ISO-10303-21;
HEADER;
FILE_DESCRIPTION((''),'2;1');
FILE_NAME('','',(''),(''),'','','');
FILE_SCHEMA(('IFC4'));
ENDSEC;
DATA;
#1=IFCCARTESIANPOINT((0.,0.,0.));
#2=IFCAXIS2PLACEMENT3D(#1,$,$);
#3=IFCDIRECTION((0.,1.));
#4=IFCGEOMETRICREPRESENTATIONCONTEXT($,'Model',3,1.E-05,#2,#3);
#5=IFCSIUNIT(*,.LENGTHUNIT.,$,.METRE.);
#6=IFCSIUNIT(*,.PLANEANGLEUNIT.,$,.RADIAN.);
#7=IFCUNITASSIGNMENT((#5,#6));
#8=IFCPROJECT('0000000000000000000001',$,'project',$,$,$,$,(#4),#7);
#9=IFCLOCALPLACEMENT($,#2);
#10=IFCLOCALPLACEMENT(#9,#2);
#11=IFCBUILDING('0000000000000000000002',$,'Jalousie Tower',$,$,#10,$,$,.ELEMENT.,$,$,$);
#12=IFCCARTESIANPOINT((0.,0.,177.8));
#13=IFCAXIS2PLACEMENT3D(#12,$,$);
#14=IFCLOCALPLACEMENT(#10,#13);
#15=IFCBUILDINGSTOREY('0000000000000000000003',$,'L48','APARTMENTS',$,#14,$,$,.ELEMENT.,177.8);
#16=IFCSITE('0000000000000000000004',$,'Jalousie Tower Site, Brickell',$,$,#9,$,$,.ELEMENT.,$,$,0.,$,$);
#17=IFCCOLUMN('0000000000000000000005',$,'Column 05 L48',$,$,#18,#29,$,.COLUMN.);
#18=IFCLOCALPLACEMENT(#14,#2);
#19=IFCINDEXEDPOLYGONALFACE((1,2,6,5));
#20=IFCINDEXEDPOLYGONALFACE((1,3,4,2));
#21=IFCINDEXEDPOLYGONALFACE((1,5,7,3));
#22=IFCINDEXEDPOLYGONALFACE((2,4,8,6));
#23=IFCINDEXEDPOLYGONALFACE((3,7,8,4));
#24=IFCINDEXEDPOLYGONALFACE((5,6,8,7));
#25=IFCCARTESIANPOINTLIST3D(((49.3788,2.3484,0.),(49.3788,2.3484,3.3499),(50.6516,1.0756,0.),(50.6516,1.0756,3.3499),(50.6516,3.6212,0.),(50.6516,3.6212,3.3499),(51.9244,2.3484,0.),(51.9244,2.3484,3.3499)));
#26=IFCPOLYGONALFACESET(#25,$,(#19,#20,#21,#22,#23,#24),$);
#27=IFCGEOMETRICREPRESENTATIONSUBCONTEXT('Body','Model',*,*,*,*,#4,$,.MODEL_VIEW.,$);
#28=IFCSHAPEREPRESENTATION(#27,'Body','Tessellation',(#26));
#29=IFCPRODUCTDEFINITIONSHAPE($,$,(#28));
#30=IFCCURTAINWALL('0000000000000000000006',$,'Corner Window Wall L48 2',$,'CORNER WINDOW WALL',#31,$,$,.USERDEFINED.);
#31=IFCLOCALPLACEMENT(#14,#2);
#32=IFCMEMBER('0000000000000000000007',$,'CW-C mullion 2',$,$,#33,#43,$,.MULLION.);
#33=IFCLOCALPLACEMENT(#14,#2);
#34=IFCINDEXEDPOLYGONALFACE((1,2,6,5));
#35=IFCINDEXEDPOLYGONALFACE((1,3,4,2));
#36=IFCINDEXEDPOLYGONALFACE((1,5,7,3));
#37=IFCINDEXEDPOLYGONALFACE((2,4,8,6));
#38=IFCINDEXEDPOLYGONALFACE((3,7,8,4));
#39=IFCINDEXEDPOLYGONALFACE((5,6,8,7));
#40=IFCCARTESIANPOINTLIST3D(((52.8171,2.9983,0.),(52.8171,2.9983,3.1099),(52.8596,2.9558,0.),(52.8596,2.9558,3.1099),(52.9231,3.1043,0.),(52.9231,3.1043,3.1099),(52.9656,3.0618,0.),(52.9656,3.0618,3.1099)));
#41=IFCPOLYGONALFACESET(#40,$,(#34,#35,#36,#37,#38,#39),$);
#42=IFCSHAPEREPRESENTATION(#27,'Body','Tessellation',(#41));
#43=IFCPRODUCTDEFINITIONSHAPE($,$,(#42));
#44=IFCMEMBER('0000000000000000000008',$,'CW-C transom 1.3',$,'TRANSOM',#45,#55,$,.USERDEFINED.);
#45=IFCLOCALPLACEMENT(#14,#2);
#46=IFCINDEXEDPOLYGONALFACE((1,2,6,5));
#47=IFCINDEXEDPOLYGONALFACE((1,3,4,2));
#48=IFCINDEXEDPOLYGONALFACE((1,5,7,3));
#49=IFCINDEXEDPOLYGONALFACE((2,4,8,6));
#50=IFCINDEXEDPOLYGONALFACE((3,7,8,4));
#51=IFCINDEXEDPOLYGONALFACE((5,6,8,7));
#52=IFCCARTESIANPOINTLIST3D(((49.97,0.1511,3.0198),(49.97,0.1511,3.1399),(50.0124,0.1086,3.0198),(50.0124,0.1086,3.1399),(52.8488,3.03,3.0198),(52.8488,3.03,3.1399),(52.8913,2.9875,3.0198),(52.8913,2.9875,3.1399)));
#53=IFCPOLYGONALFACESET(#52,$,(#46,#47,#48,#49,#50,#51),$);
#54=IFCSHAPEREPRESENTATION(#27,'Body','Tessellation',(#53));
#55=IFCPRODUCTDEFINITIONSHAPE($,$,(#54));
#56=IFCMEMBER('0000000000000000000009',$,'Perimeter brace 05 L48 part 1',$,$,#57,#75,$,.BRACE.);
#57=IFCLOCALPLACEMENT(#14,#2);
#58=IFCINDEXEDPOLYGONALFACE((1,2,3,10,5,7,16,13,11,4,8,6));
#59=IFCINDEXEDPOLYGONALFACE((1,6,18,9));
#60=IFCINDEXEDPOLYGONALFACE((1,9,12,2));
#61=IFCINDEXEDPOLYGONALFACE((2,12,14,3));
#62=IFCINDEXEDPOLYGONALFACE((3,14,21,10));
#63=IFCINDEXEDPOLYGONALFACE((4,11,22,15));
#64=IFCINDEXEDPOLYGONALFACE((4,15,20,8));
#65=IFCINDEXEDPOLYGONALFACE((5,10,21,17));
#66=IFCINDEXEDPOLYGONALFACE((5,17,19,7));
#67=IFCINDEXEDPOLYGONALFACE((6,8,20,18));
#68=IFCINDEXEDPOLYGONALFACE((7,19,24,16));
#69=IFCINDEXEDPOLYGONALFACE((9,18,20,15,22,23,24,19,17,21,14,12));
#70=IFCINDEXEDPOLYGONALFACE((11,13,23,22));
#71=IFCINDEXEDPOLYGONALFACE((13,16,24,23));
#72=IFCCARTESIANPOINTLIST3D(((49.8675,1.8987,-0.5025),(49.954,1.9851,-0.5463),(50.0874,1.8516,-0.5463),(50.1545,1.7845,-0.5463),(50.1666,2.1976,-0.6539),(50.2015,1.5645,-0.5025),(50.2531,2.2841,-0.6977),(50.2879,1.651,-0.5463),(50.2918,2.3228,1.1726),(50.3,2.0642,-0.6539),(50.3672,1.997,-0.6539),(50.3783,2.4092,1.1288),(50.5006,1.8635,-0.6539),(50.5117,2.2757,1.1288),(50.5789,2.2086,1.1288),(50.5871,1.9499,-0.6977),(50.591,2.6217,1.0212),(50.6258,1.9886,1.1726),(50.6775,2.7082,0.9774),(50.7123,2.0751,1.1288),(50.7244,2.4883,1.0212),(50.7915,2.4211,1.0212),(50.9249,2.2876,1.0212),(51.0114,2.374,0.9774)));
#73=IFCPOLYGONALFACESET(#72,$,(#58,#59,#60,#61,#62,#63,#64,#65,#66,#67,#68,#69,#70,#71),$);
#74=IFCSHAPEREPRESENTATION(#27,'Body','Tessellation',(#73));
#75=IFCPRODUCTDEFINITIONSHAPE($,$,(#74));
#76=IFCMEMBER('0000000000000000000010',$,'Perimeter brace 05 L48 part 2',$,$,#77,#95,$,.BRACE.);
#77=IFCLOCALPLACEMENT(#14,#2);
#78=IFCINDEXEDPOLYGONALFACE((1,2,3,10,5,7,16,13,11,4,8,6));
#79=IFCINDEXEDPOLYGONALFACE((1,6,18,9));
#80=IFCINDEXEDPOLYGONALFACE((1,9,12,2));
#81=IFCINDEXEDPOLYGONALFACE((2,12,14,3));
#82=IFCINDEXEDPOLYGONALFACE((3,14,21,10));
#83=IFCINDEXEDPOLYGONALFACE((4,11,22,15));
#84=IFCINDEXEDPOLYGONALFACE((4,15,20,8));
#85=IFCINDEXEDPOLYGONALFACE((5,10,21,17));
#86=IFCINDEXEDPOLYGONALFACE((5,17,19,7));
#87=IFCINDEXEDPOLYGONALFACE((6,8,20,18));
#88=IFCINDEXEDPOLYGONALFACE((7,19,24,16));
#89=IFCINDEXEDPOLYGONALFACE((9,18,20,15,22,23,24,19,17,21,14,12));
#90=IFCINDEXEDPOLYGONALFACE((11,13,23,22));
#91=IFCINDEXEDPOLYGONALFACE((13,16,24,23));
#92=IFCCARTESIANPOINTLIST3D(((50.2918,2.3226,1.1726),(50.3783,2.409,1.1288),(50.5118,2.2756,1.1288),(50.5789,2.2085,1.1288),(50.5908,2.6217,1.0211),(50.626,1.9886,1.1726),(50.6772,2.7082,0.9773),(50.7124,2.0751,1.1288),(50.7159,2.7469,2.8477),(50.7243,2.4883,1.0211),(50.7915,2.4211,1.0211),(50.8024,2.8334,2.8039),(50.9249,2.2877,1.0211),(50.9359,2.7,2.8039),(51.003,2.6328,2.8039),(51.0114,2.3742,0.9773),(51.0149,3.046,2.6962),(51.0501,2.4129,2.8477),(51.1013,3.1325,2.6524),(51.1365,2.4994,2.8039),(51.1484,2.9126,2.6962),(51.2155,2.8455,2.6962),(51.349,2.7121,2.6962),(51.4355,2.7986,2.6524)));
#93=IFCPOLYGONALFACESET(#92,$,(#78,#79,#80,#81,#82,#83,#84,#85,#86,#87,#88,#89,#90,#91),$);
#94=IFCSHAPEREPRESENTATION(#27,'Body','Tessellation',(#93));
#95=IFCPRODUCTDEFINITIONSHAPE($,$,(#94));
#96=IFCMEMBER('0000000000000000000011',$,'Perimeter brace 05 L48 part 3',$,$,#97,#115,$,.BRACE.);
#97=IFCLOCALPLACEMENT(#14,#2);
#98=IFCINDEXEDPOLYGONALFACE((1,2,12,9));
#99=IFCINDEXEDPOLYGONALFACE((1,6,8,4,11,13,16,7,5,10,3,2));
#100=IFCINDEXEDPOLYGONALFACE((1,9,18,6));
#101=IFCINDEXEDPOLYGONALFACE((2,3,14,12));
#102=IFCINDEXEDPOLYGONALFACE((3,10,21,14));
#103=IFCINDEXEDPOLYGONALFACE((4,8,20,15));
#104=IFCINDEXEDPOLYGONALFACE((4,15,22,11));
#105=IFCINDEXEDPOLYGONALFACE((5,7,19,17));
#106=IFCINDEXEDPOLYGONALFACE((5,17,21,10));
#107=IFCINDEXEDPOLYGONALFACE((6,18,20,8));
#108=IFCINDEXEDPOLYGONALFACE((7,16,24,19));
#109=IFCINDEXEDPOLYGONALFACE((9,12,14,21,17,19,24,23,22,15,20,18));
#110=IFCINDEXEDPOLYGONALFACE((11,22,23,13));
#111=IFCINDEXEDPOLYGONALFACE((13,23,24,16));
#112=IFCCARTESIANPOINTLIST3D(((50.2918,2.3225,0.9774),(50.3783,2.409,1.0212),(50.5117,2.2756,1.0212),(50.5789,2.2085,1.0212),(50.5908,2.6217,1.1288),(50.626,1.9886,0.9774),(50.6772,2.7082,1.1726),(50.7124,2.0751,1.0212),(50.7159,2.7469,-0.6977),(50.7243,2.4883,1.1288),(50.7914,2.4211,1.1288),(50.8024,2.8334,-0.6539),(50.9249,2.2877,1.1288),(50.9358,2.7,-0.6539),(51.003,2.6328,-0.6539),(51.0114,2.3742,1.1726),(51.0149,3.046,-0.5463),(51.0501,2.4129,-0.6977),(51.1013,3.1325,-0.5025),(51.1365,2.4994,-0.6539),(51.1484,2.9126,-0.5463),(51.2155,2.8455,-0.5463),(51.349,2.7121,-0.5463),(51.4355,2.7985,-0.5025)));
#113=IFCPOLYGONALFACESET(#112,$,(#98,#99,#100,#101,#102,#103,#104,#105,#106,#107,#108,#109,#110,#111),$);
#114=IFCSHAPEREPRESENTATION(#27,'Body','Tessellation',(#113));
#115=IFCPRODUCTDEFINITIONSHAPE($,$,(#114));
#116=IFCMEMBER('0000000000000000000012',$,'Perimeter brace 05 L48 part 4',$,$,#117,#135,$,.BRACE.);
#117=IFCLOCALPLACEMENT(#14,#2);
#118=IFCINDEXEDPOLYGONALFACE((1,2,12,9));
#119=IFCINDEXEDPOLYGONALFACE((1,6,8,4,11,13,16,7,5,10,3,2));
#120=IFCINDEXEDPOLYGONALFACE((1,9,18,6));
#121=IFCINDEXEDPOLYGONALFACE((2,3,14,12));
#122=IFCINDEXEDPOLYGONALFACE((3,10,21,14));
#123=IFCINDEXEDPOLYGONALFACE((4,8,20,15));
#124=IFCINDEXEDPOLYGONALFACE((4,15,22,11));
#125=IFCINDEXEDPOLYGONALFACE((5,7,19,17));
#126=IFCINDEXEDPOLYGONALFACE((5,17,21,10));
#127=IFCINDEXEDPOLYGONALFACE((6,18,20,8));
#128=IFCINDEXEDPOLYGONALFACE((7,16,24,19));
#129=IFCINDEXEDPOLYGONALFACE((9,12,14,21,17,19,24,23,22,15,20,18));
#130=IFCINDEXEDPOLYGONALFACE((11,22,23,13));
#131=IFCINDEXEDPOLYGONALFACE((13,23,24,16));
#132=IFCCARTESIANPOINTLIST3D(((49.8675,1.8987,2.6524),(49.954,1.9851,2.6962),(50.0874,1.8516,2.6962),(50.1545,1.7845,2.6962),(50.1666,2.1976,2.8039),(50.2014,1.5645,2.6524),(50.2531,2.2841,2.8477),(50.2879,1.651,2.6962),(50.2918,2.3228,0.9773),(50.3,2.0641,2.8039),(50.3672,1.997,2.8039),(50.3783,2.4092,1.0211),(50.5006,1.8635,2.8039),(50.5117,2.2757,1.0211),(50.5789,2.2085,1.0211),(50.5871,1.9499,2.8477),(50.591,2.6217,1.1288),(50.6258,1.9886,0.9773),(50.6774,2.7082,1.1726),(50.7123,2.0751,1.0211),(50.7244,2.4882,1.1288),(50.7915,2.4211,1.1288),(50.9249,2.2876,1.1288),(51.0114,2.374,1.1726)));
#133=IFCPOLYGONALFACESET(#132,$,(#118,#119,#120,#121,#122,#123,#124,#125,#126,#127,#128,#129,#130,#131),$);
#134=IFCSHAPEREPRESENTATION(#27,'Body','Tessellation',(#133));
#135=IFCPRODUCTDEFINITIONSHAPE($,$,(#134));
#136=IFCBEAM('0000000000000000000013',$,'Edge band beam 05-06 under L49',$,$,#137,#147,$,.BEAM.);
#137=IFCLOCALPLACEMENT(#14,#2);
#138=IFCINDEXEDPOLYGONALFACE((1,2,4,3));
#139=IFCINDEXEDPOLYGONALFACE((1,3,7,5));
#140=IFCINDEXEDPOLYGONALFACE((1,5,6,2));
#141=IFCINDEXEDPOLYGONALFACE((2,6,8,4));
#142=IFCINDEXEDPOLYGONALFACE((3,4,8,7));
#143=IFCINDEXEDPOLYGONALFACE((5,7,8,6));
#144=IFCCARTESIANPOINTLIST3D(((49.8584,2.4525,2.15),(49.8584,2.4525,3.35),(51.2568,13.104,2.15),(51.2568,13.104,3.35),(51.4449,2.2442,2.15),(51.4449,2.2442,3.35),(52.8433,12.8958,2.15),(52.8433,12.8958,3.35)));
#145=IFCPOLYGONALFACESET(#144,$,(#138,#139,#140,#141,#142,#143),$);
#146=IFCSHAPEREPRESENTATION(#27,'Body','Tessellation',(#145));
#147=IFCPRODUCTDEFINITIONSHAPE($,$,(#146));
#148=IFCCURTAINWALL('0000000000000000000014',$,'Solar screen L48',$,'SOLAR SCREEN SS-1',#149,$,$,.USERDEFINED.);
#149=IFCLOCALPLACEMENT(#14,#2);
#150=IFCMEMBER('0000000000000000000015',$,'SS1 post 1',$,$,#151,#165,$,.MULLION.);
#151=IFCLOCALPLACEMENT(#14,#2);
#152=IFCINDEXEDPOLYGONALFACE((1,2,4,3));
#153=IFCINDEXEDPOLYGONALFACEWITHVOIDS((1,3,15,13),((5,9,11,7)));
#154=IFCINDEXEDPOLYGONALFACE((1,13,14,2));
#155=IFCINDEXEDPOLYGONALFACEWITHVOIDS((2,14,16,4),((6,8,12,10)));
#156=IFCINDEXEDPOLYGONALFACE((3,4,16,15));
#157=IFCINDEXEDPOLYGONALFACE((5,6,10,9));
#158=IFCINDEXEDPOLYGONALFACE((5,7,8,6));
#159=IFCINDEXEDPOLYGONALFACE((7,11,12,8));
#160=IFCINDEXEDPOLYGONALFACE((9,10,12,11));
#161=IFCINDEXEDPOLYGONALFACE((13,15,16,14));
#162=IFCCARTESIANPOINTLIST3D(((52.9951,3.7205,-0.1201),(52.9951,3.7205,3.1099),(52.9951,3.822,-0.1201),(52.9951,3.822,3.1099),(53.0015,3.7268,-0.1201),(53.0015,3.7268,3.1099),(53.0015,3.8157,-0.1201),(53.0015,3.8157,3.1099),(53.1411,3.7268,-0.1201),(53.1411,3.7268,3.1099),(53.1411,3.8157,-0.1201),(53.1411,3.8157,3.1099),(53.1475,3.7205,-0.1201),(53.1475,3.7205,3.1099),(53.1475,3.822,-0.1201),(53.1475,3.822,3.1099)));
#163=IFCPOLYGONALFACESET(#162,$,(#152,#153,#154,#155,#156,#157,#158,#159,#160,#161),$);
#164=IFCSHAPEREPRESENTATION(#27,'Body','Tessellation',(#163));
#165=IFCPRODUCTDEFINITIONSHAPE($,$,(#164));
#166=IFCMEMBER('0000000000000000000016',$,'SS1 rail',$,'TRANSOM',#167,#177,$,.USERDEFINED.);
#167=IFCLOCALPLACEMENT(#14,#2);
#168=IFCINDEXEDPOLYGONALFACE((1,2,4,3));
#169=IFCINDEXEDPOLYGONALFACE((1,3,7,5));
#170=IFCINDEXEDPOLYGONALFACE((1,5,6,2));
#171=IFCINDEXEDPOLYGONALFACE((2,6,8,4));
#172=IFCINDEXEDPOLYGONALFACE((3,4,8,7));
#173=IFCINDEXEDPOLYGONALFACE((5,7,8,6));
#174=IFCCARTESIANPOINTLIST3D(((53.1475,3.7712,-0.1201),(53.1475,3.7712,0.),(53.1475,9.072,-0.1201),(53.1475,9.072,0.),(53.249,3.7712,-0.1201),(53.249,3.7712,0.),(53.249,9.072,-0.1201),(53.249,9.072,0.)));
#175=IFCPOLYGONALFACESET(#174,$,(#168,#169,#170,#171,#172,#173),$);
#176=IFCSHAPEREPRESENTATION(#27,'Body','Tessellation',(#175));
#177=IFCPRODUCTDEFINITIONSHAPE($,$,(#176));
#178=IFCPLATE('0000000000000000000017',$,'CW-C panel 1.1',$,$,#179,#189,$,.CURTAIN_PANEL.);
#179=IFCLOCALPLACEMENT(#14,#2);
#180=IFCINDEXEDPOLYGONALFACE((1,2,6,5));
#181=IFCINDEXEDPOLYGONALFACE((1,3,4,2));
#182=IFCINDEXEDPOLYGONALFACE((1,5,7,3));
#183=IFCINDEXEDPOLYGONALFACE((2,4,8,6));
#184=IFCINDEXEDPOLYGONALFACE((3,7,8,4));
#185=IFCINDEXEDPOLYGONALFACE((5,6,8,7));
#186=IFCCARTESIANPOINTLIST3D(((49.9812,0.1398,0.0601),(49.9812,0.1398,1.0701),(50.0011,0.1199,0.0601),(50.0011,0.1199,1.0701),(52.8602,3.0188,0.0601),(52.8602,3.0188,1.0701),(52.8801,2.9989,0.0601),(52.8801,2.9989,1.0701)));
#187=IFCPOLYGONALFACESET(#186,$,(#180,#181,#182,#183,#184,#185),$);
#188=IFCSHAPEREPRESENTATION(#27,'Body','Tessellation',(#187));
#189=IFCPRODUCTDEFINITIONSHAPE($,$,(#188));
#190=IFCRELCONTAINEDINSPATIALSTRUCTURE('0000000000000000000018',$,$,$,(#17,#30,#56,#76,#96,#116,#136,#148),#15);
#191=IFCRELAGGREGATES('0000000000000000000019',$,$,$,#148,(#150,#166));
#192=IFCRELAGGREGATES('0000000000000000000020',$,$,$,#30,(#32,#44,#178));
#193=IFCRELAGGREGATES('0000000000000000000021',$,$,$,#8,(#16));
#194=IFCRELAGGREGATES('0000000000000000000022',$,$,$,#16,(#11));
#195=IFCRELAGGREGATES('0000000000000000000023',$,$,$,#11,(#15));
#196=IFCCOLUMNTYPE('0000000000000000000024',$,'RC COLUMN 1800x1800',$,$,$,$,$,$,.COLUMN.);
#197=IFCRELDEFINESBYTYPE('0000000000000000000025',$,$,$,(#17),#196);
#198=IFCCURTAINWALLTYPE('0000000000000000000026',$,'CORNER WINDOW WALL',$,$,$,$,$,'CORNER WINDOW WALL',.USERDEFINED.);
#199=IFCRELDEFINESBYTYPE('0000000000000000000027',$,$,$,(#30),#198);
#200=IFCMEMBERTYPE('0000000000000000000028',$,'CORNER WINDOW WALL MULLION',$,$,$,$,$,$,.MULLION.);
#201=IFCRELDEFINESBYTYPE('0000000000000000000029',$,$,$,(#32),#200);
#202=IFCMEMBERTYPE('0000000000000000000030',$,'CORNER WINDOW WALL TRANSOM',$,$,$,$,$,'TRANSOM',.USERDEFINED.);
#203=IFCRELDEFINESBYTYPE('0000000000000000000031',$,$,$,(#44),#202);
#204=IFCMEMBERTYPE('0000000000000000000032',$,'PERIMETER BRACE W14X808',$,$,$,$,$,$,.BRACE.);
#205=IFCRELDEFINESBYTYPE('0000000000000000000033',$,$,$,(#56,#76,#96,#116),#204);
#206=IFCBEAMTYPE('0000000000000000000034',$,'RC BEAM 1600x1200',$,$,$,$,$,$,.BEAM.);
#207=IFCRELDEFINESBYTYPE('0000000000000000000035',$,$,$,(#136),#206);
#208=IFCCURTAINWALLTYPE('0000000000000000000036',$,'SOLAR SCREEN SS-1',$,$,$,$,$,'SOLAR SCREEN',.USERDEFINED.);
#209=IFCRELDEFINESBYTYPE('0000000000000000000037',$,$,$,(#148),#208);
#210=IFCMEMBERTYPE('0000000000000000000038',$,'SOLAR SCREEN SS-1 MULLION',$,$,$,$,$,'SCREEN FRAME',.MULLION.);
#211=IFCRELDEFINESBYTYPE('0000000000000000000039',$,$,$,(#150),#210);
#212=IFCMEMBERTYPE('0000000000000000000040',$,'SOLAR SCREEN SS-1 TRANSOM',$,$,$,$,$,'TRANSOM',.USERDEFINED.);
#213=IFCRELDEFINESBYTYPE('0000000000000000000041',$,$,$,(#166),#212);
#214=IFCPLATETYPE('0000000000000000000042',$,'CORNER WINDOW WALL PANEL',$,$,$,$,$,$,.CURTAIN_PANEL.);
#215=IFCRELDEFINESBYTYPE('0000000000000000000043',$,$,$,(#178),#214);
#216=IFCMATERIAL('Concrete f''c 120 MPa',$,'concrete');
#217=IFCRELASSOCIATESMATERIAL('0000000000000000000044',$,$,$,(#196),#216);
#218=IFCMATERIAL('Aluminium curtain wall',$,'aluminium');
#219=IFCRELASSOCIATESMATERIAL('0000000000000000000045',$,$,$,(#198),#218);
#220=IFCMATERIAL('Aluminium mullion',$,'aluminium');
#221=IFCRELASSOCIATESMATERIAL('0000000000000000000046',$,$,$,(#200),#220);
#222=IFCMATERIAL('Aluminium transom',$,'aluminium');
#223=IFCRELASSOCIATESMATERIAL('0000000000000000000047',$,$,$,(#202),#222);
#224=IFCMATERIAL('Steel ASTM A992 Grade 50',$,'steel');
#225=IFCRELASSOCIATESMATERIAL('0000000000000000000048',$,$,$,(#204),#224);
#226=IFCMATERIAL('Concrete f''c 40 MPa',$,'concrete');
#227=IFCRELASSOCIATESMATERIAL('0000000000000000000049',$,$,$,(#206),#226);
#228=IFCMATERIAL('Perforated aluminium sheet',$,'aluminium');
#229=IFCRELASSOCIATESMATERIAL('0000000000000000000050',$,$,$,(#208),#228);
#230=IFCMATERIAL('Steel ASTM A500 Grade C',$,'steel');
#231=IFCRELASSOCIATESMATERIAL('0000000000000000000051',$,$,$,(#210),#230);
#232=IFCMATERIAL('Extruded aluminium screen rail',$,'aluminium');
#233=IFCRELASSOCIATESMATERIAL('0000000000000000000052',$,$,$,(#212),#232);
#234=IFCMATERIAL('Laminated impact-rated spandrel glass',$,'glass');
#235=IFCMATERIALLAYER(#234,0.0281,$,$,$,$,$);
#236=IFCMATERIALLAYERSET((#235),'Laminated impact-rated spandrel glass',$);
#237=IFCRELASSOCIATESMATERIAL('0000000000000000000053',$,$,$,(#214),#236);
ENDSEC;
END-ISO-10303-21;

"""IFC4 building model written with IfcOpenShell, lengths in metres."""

from ifc_helpers import new_model, si_unit, direction, frame, origin, origin_2d, place, context, subcontext, project, spatial, rectangle, hollow_rectangle, i_section, extrude, material, layer, layer_set, material_profile, profile_set, type_object, element, aggregate, save


model = new_model("IFC4")

# Units and contexts
model_context = context("Model", 3, precision=1e-05, world=origin(), true_north=direction((0.0, 1.0)))
body_context = subcontext(model_context, "Body", "Model", "MODEL_VIEW")
ifc_project = project(units=[si_unit("LENGTHUNIT", "METRE"), si_unit("PLANEANGLEUNIT", "RADIAN")], contexts=[model_context])

# Site, building, storey
site_placement = place(None, origin())
site = spatial("IfcSite", under=ifc_project, at=site_placement, Name="Jalousie Tower Site, Brickell", CompositionType="ELEMENT", RefElevation=0.0)
building_placement = place(site_placement, origin())
building = spatial("IfcBuilding", under=site, at=building_placement, Name="Jalousie Tower", CompositionType="ELEMENT")
storey_placement = place(building_placement, frame((0.0, 0.0, 177.8)))
storey = spatial("IfcBuildingStorey", under=building, at=storey_placement, Name="L48", Description="APARTMENTS", CompositionType="ELEMENT", Elevation=177.8)

# Column
ifc_material_1 = material(Name="Concrete f'c 120 MPa", Category="concrete")
ifc_material_profile_1 = material_profile(ifc_material_1, rectangle(XDim=1.8, YDim=1.8, at=origin_2d()), Name="RC 1800x1800")
ifc_profile_set_1 = profile_set([ifc_material_profile_1], Name="Concrete f'c 120 MPa")
column_type = type_object("IfcColumnType", Name="RC COLUMN 1800x1800", PredefinedType="COLUMN", material=ifc_profile_set_1)
column_placement = place(storey_placement, frame((50.6516, 2.3484, 0.0), z_axis=(0.0, 0.0, 1.0), x_axis=(0.707107, 0.707107, 0.0)))
element("IfcColumn", 1, at=column_placement, inside=storey, type_object=column_type, Name="Column 05 L48", PredefinedType="COLUMN", context=body_context, shape_type="SweptSolid", body=[
    extrude(rectangle(XDim=1.8, YDim=1.8, at=origin_2d()), origin(), (0.0, 0.0, 1.0), 3.3499),
])

# Curtain wall, members
ifc_material_2 = material(Name="Aluminium curtain wall", Category="aluminium")
curtain_wall_type_1 = type_object("IfcCurtainWallType", Name="CORNER WINDOW WALL", ElementType="CORNER WINDOW WALL", PredefinedType="USERDEFINED", material=ifc_material_2)
curtain_wall_1_placement = place(storey_placement, origin())
curtain_wall_1 = element("IfcCurtainWall", 2, at=curtain_wall_1_placement, inside=storey, type_object=curtain_wall_type_1, Name="Corner Window Wall L48 2", ObjectType="CORNER WINDOW WALL", PredefinedType="USERDEFINED")
ifc_material_3 = material(Name="Aluminium mullion", Category="aluminium")
ifc_material_profile_2 = material_profile(ifc_material_3, rectangle(XDim=0.0601, YDim=0.1499, at=origin_2d()), Name="MULLION 60x150")
ifc_profile_set_2 = profile_set([ifc_material_profile_2], Name="Aluminium mullion")
member_type_1 = type_object("IfcMemberType", Name="CORNER WINDOW WALL MULLION", PredefinedType="MULLION", material=ifc_profile_set_2)
member_1_placement = place(storey_placement, frame((52.8914, 3.03, 0.0), z_axis=(0.0, 0.0, 1.0), x_axis=(-0.707107, 0.707107, 0.0)))
member_1 = element("IfcMember", 3, at=member_1_placement, type_object=member_type_1, Name="CW-C mullion 2", PredefinedType="MULLION", context=body_context, shape_type="SweptSolid", body=[
    extrude(rectangle(XDim=0.0601, YDim=0.1499, at=origin_2d()), origin(), (0.0, 0.0, 1.0), 3.1099),
])
ifc_material_4 = material(Name="Aluminium transom", Category="aluminium")
ifc_material_profile_3 = material_profile(ifc_material_4, rectangle(XDim=0.0601, YDim=0.1201, at=origin_2d()), Name="TRANSOM 60x120")
ifc_profile_set_3 = profile_set([ifc_material_profile_3], Name="Aluminium transom")
member_type_2 = type_object("IfcMemberType", Name="CORNER WINDOW WALL TRANSOM", ElementType="TRANSOM", PredefinedType="USERDEFINED", material=ifc_profile_set_3)
member_2_placement = place(storey_placement, frame((49.9912, 0.1299, 3.0798), z_axis=(0.707107, 0.707107, 0.0), x_axis=(-0.707107, 0.707107, 0.0)))
member_2 = element("IfcMember", 4, at=member_2_placement, type_object=member_type_2, Name="CW-C transom 1.3", ObjectType="TRANSOM", PredefinedType="USERDEFINED", context=body_context, shape_type="SweptSolid", body=[
    extrude(rectangle(XDim=0.0601, YDim=0.1201, at=origin_2d()), origin(), (0.0, 0.0, 1.0), 4.0713),
])

# Members
ifc_material_5 = material(Name="Steel ASTM A992 Grade 50", Category="steel")
ifc_material_profile_4 = material_profile(ifc_material_5, i_section(OverallWidth=0.4724, OverallDepth=0.5791, WebThickness=0.095, FlangeThickness=0.1299, at=origin_2d()), Name="W14X808")
ifc_profile_set_4 = profile_set([ifc_material_profile_4], Name="Steel ASTM A992 Grade 50")
member_type_3 = type_object("IfcMemberType", Name="PERIMETER BRACE W14X808", PredefinedType="BRACE", material=ifc_profile_set_4)
for number, where, z_axis, x_axis, name in (
    (5, (50.2273, 1.9243, -0.6001), (0.238483, 0.238346, 0.941444), (-0.706903, 0.70731, 0.0), "Perimeter brace 05 L48 part 1"),
    (6, (50.6516, 2.3484, 1.075), (0.238346, 0.238483, 0.941444), (-0.70731, 0.706903, 0.0), "Perimeter brace 05 L48 part 2"),
    (7, (51.0757, 2.7727, -0.6001), (-0.238346, -0.238483, 0.941444), (0.70731, -0.706903, 0.0), "Perimeter brace 05 L48 part 3"),
    (8, (50.6516, 2.3484, 1.075), (-0.238483, -0.238346, 0.941444), (0.706903, -0.70731, 0.0), "Perimeter brace 05 L48 part 4"),
):
    element("IfcMember", number, at=place(storey_placement, frame(where, z_axis=z_axis, x_axis=x_axis)), inside=storey, type_object=member_type_3, Name=name, PredefinedType="BRACE", context=body_context, shape_type="SweptSolid", body=[
        extrude(i_section(OverallWidth=0.4724, OverallDepth=0.5791, WebThickness=0.095, FlangeThickness=0.1299, at=origin_2d()), origin(), (0.0, 0.0, 1.0), 1.7793),
    ])

# Beam
ifc_material_6 = material(Name="Concrete f'c 40 MPa", Category="concrete")
ifc_material_profile_5 = material_profile(ifc_material_6, rectangle(XDim=1.6001, YDim=1.2, at=origin_2d()), Name="RC 1600x1200")
ifc_profile_set_5 = profile_set([ifc_material_profile_5], Name="Concrete f'c 40 MPa")
beam_type = type_object("IfcBeamType", Name="RC BEAM 1600x1200", PredefinedType="BEAM", material=ifc_profile_set_5)
beam_placement = place(storey_placement, frame((50.6516, 2.3484, 2.75), z_axis=(0.130172, 0.991491, 0.0), x_axis=(-0.991491, 0.130172, 0.0)))
element("IfcBeam", 9, at=beam_placement, inside=storey, type_object=beam_type, Name="Edge band beam 05-06 under L49", PredefinedType="BEAM", context=body_context, shape_type="SweptSolid", body=[
    extrude(rectangle(XDim=1.6001, YDim=1.2, at=origin_2d()), origin(), (0.0, 0.0, 1.0), 10.7429),
])

# Curtain wall, members
ifc_material_7 = material(Name="Perforated aluminium sheet", Category="aluminium")
curtain_wall_type_2 = type_object("IfcCurtainWallType", Name="SOLAR SCREEN SS-1", ElementType="SOLAR SCREEN", PredefinedType="USERDEFINED", material=ifc_material_7)
curtain_wall_2_placement = place(storey_placement, origin())
curtain_wall_2 = element("IfcCurtainWall", 10, at=curtain_wall_2_placement, inside=storey, type_object=curtain_wall_type_2, Name="Solar screen L48", ObjectType="SOLAR SCREEN SS-1", PredefinedType="USERDEFINED")
ifc_material_8 = material(Name="Steel ASTM A500 Grade C", Category="steel")
ifc_material_profile_6 = material_profile(ifc_material_8, hollow_rectangle(XDim=0.1016, YDim=0.1523, WallThickness=0.0063, at=origin_2d()), Name="HSS6X4X1/4")
ifc_profile_set_6 = profile_set([ifc_material_profile_6], Name="Steel ASTM A500 Grade C")
member_type_4 = type_object("IfcMemberType", Name="SOLAR SCREEN SS-1 MULLION", ElementType="SCREEN FRAME", PredefinedType="MULLION", material=ifc_profile_set_6)
member_3_placement = place(storey_placement, frame((53.0713, 3.7712, -0.1201), z_axis=(0.0, 0.0, 1.0), x_axis=(0.0, 1.0, 0.0)))
member_3 = element("IfcMember", 11, at=member_3_placement, type_object=member_type_4, Name="SS1 post 1", PredefinedType="MULLION", context=body_context, shape_type="SweptSolid", body=[
    extrude(hollow_rectangle(XDim=0.1016, YDim=0.1523, WallThickness=0.0063, at=origin_2d()), origin(), (0.0, 0.0, 1.0), 3.23),
])
ifc_material_9 = material(Name="Extruded aluminium screen rail", Category="aluminium")
ifc_material_profile_7 = material_profile(ifc_material_9, rectangle(XDim=0.1016, YDim=0.1201, at=origin_2d()), Name="RAIL 102x120")
ifc_profile_set_7 = profile_set([ifc_material_profile_7], Name="Extruded aluminium screen rail")
member_type_5 = type_object("IfcMemberType", Name="SOLAR SCREEN SS-1 TRANSOM", ElementType="TRANSOM", PredefinedType="USERDEFINED", material=ifc_profile_set_7)
member_4_placement = place(storey_placement, frame((53.1982, 3.7712, -0.0601), z_axis=(0.0, 1.0, 0.0), x_axis=(-1.0, 0.0, 0.0)))
member_4 = element("IfcMember", 12, at=member_4_placement, type_object=member_type_5, Name="SS1 rail", ObjectType="TRANSOM", PredefinedType="USERDEFINED", context=body_context, shape_type="SweptSolid", body=[
    extrude(rectangle(XDim=0.1016, YDim=0.1201, at=origin_2d()), origin(), (0.0, 0.0, 1.0), 5.3008),
])
aggregate(curtain_wall_2, [member_3, member_4])

# Plate
ifc_material_10 = material(Name="Laminated impact-rated spandrel glass", Category="glass")
ifc_layer = layer(ifc_material_10, 0.0281)
ifc_layer_set = layer_set([ifc_layer], Name="Laminated impact-rated spandrel glass")
plate_type = type_object("IfcPlateType", Name="CORNER WINDOW WALL PANEL", PredefinedType="CURTAIN_PANEL", material=ifc_layer_set)
plate_1_placement = place(storey_placement, frame((51.4307, 1.5693, 0.0601), z_axis=(0.0, 0.0, 1.0), x_axis=(0.707107, 0.707107, 0.0)))
plate_1 = element("IfcPlate", 13, at=plate_1_placement, type_object=plate_type, Name="CW-C panel 1.1", PredefinedType="CURTAIN_PANEL", context=body_context, shape_type="SweptSolid", body=[
    extrude(rectangle(XDim=4.0715, YDim=0.0281, at=origin_2d()), origin(), (0.0, 0.0, 1.0), 1.01),
])
aggregate(curtain_wall_1, [member_1, member_2, plate_1])

save(model, "model.ifc")
